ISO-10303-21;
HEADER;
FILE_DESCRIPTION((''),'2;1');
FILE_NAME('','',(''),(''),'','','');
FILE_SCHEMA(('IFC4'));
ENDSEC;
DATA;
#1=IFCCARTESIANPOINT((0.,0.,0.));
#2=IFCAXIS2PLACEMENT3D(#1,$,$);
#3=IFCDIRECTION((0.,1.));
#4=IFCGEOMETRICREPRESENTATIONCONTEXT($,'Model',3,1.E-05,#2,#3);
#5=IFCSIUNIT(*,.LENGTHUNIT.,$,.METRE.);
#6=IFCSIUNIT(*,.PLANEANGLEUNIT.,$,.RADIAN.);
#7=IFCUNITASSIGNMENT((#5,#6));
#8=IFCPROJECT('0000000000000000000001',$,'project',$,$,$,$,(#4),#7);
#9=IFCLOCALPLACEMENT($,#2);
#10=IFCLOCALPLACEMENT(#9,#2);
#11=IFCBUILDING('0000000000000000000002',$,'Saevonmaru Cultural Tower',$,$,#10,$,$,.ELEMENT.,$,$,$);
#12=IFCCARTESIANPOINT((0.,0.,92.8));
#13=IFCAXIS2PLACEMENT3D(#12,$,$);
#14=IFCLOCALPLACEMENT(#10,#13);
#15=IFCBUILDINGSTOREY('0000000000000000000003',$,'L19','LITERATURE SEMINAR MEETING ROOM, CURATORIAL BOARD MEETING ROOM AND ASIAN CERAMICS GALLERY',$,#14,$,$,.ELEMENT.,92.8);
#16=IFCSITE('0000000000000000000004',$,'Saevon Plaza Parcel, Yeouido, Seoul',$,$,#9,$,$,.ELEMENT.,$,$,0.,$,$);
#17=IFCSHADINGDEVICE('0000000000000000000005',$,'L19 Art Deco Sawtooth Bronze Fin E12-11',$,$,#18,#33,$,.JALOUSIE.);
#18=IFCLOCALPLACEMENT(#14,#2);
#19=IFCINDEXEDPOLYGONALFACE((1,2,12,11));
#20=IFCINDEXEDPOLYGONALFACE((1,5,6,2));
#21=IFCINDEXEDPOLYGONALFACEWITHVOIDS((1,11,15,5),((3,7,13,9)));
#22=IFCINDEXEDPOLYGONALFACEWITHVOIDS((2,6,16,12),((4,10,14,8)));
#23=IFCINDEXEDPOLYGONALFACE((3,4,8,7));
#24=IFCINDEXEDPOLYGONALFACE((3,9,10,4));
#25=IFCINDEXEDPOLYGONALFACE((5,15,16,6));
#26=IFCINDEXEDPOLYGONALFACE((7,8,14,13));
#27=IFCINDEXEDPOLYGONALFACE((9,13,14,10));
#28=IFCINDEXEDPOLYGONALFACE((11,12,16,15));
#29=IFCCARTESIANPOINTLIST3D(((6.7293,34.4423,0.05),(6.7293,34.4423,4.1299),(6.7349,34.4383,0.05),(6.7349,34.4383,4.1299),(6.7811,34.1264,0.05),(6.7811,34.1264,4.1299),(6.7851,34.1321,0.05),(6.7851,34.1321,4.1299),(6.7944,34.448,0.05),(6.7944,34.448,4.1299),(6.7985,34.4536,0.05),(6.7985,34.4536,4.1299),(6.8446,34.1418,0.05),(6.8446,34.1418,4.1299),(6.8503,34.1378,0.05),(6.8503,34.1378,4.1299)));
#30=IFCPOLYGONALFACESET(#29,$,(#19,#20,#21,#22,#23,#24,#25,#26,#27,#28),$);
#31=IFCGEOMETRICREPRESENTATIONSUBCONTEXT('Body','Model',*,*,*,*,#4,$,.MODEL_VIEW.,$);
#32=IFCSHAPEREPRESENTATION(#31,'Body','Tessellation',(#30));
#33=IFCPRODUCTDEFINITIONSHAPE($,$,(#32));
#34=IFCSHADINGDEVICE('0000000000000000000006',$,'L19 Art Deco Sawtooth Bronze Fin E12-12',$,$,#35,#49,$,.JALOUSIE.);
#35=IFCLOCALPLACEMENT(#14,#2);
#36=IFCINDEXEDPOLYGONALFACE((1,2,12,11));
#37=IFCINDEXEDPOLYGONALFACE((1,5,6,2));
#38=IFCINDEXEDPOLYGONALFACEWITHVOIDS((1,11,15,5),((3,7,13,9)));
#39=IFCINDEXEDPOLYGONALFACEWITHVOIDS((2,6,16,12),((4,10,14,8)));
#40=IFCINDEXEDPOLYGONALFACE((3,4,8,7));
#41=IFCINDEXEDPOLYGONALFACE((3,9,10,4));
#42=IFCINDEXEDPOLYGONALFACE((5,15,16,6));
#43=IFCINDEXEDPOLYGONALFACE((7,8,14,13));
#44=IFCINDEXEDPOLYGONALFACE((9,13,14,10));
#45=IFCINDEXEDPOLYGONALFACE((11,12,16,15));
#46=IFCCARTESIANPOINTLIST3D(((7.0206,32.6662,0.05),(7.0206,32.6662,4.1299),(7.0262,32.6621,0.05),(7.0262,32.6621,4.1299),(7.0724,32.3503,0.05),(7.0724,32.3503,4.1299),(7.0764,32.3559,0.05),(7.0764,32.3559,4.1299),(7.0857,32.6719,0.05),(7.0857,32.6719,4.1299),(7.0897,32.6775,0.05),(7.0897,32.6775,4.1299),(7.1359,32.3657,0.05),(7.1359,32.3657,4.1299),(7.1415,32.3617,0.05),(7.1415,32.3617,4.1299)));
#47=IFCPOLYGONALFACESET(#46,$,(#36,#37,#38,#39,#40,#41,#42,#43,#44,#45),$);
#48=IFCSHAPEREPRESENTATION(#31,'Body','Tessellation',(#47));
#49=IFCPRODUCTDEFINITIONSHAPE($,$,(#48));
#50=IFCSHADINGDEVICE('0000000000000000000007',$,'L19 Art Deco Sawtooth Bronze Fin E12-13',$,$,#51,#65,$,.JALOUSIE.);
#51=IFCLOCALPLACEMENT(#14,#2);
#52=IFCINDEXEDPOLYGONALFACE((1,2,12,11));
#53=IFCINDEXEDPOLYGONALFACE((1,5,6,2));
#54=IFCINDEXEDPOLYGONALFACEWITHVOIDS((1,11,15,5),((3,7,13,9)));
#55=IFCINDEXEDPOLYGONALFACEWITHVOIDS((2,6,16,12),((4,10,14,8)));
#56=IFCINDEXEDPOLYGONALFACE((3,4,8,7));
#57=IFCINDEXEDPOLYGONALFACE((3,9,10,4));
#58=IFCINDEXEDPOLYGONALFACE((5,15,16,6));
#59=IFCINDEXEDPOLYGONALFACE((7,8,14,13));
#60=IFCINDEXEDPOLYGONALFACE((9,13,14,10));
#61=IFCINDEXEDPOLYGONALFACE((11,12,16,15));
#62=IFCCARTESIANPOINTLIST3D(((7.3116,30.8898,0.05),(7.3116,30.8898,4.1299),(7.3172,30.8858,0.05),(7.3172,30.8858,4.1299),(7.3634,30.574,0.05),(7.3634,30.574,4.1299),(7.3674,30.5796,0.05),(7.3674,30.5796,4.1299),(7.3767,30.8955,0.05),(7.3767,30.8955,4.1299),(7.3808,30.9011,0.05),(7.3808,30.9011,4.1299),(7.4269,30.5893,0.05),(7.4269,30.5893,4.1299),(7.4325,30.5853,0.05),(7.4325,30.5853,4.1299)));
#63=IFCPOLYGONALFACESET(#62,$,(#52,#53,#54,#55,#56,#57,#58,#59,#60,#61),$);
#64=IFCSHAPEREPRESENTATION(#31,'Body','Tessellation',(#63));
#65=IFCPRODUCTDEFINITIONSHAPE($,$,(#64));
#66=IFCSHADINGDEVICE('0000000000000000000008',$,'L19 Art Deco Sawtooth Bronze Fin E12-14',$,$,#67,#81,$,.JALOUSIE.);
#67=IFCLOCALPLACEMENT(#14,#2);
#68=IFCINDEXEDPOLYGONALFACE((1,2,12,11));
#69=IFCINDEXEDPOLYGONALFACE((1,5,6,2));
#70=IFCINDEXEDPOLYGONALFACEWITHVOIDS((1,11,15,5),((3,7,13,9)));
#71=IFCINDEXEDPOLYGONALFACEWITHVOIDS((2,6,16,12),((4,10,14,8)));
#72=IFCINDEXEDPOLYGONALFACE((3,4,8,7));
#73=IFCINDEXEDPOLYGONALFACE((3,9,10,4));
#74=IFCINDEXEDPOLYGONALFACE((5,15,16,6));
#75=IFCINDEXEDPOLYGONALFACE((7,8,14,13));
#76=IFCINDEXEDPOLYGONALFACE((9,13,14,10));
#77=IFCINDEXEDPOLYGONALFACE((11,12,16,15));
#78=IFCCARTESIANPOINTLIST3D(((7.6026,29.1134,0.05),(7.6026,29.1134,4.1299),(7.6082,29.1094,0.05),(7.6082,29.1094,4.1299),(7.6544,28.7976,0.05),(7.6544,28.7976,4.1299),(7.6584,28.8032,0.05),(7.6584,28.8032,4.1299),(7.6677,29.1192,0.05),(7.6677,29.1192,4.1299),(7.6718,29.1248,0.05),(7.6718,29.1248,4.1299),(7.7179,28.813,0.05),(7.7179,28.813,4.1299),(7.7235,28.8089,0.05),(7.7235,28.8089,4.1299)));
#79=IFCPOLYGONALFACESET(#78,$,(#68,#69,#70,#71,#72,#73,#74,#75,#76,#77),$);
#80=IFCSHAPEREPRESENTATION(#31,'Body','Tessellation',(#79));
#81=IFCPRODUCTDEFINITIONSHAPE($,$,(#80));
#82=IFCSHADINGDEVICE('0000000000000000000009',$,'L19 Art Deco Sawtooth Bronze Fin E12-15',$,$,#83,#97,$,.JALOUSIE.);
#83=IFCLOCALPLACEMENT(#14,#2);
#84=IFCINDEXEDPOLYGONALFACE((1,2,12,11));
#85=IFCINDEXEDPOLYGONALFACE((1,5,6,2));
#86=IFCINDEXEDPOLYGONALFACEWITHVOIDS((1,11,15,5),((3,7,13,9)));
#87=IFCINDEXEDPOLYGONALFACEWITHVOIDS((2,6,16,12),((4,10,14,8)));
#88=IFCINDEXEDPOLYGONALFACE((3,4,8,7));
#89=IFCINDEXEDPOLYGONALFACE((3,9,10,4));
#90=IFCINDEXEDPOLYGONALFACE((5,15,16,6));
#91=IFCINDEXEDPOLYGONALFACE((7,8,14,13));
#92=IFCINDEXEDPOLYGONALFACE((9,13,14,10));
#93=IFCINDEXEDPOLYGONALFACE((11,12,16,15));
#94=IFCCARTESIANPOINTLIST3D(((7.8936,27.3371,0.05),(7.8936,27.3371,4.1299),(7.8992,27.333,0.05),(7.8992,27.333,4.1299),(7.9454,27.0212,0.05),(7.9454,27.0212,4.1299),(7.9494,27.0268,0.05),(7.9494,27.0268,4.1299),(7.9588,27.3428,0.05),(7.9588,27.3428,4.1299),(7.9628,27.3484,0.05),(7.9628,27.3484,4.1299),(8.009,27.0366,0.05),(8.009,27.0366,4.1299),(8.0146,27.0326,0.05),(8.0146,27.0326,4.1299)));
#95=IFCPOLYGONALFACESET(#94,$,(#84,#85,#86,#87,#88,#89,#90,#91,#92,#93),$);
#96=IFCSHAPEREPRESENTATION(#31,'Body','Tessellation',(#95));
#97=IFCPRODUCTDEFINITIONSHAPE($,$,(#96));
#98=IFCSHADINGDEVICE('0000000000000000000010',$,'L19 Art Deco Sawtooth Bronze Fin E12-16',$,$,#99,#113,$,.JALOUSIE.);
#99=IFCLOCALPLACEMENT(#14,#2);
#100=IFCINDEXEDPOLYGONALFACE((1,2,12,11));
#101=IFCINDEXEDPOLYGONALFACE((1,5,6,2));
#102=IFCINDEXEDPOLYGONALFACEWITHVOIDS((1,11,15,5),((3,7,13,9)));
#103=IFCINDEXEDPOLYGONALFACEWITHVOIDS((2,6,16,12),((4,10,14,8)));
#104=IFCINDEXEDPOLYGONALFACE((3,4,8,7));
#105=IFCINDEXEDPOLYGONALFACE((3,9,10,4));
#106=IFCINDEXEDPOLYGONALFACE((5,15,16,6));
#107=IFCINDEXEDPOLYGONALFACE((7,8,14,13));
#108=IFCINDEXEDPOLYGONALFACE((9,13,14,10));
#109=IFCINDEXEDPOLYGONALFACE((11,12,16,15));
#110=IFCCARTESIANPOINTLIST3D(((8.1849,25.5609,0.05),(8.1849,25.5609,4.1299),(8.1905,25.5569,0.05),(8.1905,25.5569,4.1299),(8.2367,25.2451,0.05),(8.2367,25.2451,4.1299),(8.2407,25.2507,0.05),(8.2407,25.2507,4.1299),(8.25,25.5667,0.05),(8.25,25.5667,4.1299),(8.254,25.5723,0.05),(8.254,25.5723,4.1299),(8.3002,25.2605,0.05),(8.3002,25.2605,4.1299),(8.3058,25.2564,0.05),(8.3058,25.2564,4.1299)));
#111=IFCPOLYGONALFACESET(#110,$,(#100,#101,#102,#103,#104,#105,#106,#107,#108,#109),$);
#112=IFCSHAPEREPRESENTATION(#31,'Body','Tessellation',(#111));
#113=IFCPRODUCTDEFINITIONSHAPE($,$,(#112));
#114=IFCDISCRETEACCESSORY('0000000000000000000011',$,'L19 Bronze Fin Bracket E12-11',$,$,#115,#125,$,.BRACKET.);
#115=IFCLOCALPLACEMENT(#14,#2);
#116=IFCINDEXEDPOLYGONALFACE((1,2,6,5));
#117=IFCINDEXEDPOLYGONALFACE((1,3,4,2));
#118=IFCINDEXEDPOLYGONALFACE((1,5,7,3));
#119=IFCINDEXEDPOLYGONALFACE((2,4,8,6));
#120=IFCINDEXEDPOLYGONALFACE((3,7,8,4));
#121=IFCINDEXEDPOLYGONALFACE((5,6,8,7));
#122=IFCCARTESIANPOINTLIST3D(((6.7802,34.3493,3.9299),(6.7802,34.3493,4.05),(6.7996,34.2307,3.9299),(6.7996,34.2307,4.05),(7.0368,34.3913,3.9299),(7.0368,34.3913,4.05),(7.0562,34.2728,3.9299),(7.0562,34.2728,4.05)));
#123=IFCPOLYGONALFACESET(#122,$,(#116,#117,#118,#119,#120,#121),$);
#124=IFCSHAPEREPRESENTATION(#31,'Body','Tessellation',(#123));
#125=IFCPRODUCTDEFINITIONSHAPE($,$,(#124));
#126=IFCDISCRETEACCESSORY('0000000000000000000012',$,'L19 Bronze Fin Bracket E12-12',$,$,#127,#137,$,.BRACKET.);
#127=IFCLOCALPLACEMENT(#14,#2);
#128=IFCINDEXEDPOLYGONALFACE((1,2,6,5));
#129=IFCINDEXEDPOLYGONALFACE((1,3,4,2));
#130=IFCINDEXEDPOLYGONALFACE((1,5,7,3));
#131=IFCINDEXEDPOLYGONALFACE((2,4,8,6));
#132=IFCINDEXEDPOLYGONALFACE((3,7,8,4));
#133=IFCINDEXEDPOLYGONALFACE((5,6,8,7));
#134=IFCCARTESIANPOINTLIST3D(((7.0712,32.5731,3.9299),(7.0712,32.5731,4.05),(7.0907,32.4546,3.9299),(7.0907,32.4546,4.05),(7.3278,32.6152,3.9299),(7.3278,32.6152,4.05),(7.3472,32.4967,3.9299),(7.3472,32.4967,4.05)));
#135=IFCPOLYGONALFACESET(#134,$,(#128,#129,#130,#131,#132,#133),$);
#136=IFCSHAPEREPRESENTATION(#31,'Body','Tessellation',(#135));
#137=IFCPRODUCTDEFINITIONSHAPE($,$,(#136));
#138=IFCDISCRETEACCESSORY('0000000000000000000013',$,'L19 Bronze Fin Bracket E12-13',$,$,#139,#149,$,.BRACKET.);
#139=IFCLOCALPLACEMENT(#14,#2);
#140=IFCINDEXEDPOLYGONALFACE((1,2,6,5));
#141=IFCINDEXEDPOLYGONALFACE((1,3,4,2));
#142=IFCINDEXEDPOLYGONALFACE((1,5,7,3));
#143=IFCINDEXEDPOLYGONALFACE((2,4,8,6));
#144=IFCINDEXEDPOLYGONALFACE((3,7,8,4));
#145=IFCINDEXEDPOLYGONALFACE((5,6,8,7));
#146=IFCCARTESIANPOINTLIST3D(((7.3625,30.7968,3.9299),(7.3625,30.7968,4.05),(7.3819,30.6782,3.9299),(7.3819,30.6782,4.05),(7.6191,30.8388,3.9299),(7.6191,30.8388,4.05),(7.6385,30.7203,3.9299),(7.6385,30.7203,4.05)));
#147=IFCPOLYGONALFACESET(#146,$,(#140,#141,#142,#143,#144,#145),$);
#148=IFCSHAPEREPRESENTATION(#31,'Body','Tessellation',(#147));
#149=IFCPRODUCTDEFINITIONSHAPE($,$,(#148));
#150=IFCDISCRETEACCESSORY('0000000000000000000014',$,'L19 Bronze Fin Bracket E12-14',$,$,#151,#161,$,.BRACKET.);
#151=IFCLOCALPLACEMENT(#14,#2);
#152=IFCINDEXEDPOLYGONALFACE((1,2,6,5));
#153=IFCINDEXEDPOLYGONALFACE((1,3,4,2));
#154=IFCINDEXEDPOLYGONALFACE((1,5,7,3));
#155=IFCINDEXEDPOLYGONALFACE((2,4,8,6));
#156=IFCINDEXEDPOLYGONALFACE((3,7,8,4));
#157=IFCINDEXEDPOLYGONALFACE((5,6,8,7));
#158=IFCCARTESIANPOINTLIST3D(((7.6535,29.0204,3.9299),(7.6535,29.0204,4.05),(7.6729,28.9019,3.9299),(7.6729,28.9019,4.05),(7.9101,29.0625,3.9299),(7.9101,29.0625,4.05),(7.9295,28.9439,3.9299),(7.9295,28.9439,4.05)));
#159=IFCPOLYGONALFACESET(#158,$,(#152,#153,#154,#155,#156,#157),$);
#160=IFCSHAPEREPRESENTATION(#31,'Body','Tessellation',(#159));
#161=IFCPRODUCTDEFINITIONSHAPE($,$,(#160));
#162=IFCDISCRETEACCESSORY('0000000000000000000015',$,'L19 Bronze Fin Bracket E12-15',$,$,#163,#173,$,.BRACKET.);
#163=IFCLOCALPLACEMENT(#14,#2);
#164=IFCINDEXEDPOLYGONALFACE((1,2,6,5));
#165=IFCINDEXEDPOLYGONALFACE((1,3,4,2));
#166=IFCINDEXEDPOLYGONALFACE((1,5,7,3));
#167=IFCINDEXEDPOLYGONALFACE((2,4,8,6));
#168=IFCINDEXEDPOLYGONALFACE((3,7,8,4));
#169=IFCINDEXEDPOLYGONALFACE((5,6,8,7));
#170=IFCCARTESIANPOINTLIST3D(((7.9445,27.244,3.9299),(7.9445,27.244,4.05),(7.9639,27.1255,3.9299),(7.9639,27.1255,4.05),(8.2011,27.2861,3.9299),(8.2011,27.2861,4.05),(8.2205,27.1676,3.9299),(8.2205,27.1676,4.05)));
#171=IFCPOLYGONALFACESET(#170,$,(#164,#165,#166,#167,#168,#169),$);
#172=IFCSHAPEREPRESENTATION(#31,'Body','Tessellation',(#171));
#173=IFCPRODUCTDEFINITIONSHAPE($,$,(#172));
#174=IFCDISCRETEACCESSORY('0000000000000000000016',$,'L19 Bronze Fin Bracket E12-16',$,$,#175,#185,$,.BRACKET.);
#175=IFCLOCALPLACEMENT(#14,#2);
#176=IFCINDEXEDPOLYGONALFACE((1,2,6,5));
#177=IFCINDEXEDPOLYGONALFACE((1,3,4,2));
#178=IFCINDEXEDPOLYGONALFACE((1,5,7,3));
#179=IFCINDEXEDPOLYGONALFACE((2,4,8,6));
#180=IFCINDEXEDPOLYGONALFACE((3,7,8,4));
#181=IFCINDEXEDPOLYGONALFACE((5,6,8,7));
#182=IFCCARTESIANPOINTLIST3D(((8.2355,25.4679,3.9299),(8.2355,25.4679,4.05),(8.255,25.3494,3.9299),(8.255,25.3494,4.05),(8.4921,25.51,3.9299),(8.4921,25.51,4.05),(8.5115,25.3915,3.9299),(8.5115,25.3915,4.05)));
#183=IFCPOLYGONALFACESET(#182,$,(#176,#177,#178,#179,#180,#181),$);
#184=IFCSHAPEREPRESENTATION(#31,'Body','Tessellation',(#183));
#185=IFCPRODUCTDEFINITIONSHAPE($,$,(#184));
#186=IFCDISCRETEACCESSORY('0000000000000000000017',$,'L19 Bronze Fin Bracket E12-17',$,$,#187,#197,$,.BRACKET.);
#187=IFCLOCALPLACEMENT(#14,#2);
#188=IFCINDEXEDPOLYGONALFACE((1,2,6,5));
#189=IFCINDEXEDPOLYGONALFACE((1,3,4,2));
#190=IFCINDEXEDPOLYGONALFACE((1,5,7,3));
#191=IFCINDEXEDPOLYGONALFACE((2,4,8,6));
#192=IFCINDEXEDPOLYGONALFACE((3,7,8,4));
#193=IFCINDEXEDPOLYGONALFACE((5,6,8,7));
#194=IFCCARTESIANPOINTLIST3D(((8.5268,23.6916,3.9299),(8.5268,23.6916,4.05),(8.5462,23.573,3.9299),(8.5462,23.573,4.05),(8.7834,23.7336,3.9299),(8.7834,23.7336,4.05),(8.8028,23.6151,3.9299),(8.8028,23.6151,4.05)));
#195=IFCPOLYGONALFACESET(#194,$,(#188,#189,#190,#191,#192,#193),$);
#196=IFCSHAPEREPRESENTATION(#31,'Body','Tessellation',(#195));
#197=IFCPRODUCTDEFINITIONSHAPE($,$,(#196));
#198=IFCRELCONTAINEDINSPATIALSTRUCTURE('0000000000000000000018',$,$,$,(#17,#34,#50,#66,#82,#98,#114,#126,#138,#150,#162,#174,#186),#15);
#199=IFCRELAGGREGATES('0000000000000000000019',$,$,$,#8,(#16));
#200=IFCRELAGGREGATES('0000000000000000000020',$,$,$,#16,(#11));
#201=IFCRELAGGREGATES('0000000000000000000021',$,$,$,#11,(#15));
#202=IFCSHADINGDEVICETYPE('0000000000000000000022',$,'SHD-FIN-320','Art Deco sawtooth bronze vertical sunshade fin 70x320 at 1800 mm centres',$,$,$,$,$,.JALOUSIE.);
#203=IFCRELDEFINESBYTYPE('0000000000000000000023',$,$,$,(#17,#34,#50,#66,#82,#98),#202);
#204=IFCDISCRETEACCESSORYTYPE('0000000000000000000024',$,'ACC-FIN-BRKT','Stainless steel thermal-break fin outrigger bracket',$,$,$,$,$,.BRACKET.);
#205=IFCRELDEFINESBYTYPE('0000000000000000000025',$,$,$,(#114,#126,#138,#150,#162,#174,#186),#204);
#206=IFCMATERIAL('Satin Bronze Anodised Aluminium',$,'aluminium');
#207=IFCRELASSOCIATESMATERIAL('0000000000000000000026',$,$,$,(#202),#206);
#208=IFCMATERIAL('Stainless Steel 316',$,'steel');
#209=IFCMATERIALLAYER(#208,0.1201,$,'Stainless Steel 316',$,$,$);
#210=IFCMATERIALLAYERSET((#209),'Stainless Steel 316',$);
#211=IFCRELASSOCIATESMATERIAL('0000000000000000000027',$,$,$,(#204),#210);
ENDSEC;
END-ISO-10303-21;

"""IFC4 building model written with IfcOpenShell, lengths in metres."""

from ifc_helpers import new_model, si_unit, direction, frame, origin, origin_2d, place, context, subcontext, project, spatial, rectangle, hollow_rectangle, extrude, material, layer, layer_set, material_profile, profile_set, type_object, element, save


model = new_model("IFC4")

# Units and contexts
model_context = context("Model", 3, precision=1e-05, world=origin(), true_north=direction((0.0, 1.0)))
body_context = subcontext(model_context, "Body", "Model", "MODEL_VIEW")
ifc_project = project(units=[si_unit("LENGTHUNIT", "METRE"), si_unit("PLANEANGLEUNIT", "RADIAN")], contexts=[model_context])

# Site, building, storey
site_placement = place(None, origin())
site = spatial("IfcSite", under=ifc_project, at=site_placement, Name="Saevon Plaza Parcel, Yeouido, Seoul", CompositionType="ELEMENT", RefElevation=0.0)
building_placement = place(site_placement, origin())
building = spatial("IfcBuilding", under=site, at=building_placement, Name="Saevonmaru Cultural Tower", CompositionType="ELEMENT")
storey_placement = place(building_placement, frame((0.0, 0.0, 92.8)))
storey = spatial("IfcBuildingStorey", under=building, at=storey_placement, Name="L19", Description="LITERATURE SEMINAR MEETING ROOM, CURATORIAL BOARD MEETING ROOM AND ASIAN CERAMICS GALLERY", CompositionType="ELEMENT", Elevation=92.8)

# Shared definitions
ifc_material_1 = material(Name="Satin Bronze Anodised Aluminium", Category="aluminium")

# Shading devices
ifc_material_profile_1 = material_profile(ifc_material_1, hollow_rectangle(XDim=0.0701, YDim=0.3201, WallThickness=0.0049, at=origin_2d()), Name="FIN-320x70")
ifc_profile_set_1 = profile_set([ifc_material_profile_1], Name="Satin Bronze Anodised Aluminium")
shading_device_type = type_object("IfcShadingDeviceType", Name="SHD-FIN-320", Description="Art Deco sawtooth bronze vertical sunshade fin 70x320 at 1800 mm centres", PredefinedType="JALOUSIE", material=ifc_profile_set_1)
for number, where, z_axis, x_axis, name in (
    (1, (6.7898, 34.29, 0.05), (0.0, 0.0, 1.0), (-0.986827, -0.161776, 0.0), "L19 Art Deco Sawtooth Bronze Fin E12-11"),
    (2, (7.0811, 32.5139, 0.05), (0.0, 0.0, 1.0), (-0.986827, -0.161776, 0.0), "L19 Art Deco Sawtooth Bronze Fin E12-12"),
    (3, (7.3721, 30.7375, 0.05), (0.0, 0.0, 1.0), (-0.986827, -0.161776, 0.0), "L19 Art Deco Sawtooth Bronze Fin E12-13"),
    (4, (7.6631, 28.9612, 0.05), (0.0, 0.0, 1.0), (-0.986827, -0.161776, 0.0), "L19 Art Deco Sawtooth Bronze Fin E12-14"),
    (5, (7.9541, 27.1848, 0.05), (0.0, 0.0, 1.0), (-0.986827, -0.161776, 0.0), "L19 Art Deco Sawtooth Bronze Fin E12-15"),
    (6, (8.2454, 25.4087, 0.05), (0.0, 0.0, 1.0), (-0.986827, -0.161776, 0.0), "L19 Art Deco Sawtooth Bronze Fin E12-16"),
):
    element("IfcShadingDevice", number, at=place(storey_placement, frame(where, z_axis=z_axis, x_axis=x_axis)), inside=storey, type_object=shading_device_type, Name=name, PredefinedType="JALOUSIE", context=body_context, shape_type="SweptSolid", body=[
        extrude(hollow_rectangle(XDim=0.0701, YDim=0.3201, WallThickness=0.0049, at=origin_2d()), origin(), (0.0, 0.0, 1.0), 4.0798),
    ])

# Discrete accessories
ifc_material_2 = material(Name="Stainless Steel 316", Category="steel")
ifc_layer_1 = layer(ifc_material_2, 0.1201, Name="Stainless Steel 316")
ifc_layer_set_1 = layer_set([ifc_layer_1], Name="Stainless Steel 316")
discrete_accessory_type = type_object("IfcDiscreteAccessoryType", Name="ACC-FIN-BRKT", Description="Stainless steel thermal-break fin outrigger bracket", PredefinedType="BRACKET", material=ifc_layer_set_1)
for number, where, z_axis, x_axis, name in (
    (7, (6.9182, 34.311, 3.9299), (0.0, 0.0, 1.0), (-0.986827, -0.161776, 0.0), "L19 Bronze Fin Bracket E12-11"),
    (8, (7.2092, 32.5349, 3.9299), (0.0, 0.0, 1.0), (-0.986827, -0.161776, 0.0), "L19 Bronze Fin Bracket E12-12"),
    (9, (7.5005, 30.7585, 3.9299), (0.0, 0.0, 1.0), (-0.986827, -0.161776, 0.0), "L19 Bronze Fin Bracket E12-13"),
    (10, (7.7915, 28.9822, 3.9299), (0.0, 0.0, 1.0), (-0.986827, -0.161776, 0.0), "L19 Bronze Fin Bracket E12-14"),
    (11, (8.0825, 27.2058, 3.9299), (0.0, 0.0, 1.0), (-0.986827, -0.161776, 0.0), "L19 Bronze Fin Bracket E12-15"),
    (12, (8.3735, 25.4297, 3.9299), (0.0, 0.0, 1.0), (-0.986827, -0.161776, 0.0), "L19 Bronze Fin Bracket E12-16"),
    (13, (8.6648, 23.6533, 3.9299), (0.0, 0.0, 1.0), (-0.986827, -0.161776, 0.0), "L19 Bronze Fin Bracket E12-17"),
):
    element("IfcDiscreteAccessory", number, at=place(storey_placement, frame(where, z_axis=z_axis, x_axis=x_axis)), inside=storey, type_object=discrete_accessory_type, Name=name, PredefinedType="BRACKET", context=body_context, shape_type="SweptSolid", body=[
        extrude(rectangle(XDim=0.26, YDim=0.1201, at=origin_2d()), origin(), (0.0, 0.0, 1.0), 0.1201),
    ])

save(model, "model.ifc")
